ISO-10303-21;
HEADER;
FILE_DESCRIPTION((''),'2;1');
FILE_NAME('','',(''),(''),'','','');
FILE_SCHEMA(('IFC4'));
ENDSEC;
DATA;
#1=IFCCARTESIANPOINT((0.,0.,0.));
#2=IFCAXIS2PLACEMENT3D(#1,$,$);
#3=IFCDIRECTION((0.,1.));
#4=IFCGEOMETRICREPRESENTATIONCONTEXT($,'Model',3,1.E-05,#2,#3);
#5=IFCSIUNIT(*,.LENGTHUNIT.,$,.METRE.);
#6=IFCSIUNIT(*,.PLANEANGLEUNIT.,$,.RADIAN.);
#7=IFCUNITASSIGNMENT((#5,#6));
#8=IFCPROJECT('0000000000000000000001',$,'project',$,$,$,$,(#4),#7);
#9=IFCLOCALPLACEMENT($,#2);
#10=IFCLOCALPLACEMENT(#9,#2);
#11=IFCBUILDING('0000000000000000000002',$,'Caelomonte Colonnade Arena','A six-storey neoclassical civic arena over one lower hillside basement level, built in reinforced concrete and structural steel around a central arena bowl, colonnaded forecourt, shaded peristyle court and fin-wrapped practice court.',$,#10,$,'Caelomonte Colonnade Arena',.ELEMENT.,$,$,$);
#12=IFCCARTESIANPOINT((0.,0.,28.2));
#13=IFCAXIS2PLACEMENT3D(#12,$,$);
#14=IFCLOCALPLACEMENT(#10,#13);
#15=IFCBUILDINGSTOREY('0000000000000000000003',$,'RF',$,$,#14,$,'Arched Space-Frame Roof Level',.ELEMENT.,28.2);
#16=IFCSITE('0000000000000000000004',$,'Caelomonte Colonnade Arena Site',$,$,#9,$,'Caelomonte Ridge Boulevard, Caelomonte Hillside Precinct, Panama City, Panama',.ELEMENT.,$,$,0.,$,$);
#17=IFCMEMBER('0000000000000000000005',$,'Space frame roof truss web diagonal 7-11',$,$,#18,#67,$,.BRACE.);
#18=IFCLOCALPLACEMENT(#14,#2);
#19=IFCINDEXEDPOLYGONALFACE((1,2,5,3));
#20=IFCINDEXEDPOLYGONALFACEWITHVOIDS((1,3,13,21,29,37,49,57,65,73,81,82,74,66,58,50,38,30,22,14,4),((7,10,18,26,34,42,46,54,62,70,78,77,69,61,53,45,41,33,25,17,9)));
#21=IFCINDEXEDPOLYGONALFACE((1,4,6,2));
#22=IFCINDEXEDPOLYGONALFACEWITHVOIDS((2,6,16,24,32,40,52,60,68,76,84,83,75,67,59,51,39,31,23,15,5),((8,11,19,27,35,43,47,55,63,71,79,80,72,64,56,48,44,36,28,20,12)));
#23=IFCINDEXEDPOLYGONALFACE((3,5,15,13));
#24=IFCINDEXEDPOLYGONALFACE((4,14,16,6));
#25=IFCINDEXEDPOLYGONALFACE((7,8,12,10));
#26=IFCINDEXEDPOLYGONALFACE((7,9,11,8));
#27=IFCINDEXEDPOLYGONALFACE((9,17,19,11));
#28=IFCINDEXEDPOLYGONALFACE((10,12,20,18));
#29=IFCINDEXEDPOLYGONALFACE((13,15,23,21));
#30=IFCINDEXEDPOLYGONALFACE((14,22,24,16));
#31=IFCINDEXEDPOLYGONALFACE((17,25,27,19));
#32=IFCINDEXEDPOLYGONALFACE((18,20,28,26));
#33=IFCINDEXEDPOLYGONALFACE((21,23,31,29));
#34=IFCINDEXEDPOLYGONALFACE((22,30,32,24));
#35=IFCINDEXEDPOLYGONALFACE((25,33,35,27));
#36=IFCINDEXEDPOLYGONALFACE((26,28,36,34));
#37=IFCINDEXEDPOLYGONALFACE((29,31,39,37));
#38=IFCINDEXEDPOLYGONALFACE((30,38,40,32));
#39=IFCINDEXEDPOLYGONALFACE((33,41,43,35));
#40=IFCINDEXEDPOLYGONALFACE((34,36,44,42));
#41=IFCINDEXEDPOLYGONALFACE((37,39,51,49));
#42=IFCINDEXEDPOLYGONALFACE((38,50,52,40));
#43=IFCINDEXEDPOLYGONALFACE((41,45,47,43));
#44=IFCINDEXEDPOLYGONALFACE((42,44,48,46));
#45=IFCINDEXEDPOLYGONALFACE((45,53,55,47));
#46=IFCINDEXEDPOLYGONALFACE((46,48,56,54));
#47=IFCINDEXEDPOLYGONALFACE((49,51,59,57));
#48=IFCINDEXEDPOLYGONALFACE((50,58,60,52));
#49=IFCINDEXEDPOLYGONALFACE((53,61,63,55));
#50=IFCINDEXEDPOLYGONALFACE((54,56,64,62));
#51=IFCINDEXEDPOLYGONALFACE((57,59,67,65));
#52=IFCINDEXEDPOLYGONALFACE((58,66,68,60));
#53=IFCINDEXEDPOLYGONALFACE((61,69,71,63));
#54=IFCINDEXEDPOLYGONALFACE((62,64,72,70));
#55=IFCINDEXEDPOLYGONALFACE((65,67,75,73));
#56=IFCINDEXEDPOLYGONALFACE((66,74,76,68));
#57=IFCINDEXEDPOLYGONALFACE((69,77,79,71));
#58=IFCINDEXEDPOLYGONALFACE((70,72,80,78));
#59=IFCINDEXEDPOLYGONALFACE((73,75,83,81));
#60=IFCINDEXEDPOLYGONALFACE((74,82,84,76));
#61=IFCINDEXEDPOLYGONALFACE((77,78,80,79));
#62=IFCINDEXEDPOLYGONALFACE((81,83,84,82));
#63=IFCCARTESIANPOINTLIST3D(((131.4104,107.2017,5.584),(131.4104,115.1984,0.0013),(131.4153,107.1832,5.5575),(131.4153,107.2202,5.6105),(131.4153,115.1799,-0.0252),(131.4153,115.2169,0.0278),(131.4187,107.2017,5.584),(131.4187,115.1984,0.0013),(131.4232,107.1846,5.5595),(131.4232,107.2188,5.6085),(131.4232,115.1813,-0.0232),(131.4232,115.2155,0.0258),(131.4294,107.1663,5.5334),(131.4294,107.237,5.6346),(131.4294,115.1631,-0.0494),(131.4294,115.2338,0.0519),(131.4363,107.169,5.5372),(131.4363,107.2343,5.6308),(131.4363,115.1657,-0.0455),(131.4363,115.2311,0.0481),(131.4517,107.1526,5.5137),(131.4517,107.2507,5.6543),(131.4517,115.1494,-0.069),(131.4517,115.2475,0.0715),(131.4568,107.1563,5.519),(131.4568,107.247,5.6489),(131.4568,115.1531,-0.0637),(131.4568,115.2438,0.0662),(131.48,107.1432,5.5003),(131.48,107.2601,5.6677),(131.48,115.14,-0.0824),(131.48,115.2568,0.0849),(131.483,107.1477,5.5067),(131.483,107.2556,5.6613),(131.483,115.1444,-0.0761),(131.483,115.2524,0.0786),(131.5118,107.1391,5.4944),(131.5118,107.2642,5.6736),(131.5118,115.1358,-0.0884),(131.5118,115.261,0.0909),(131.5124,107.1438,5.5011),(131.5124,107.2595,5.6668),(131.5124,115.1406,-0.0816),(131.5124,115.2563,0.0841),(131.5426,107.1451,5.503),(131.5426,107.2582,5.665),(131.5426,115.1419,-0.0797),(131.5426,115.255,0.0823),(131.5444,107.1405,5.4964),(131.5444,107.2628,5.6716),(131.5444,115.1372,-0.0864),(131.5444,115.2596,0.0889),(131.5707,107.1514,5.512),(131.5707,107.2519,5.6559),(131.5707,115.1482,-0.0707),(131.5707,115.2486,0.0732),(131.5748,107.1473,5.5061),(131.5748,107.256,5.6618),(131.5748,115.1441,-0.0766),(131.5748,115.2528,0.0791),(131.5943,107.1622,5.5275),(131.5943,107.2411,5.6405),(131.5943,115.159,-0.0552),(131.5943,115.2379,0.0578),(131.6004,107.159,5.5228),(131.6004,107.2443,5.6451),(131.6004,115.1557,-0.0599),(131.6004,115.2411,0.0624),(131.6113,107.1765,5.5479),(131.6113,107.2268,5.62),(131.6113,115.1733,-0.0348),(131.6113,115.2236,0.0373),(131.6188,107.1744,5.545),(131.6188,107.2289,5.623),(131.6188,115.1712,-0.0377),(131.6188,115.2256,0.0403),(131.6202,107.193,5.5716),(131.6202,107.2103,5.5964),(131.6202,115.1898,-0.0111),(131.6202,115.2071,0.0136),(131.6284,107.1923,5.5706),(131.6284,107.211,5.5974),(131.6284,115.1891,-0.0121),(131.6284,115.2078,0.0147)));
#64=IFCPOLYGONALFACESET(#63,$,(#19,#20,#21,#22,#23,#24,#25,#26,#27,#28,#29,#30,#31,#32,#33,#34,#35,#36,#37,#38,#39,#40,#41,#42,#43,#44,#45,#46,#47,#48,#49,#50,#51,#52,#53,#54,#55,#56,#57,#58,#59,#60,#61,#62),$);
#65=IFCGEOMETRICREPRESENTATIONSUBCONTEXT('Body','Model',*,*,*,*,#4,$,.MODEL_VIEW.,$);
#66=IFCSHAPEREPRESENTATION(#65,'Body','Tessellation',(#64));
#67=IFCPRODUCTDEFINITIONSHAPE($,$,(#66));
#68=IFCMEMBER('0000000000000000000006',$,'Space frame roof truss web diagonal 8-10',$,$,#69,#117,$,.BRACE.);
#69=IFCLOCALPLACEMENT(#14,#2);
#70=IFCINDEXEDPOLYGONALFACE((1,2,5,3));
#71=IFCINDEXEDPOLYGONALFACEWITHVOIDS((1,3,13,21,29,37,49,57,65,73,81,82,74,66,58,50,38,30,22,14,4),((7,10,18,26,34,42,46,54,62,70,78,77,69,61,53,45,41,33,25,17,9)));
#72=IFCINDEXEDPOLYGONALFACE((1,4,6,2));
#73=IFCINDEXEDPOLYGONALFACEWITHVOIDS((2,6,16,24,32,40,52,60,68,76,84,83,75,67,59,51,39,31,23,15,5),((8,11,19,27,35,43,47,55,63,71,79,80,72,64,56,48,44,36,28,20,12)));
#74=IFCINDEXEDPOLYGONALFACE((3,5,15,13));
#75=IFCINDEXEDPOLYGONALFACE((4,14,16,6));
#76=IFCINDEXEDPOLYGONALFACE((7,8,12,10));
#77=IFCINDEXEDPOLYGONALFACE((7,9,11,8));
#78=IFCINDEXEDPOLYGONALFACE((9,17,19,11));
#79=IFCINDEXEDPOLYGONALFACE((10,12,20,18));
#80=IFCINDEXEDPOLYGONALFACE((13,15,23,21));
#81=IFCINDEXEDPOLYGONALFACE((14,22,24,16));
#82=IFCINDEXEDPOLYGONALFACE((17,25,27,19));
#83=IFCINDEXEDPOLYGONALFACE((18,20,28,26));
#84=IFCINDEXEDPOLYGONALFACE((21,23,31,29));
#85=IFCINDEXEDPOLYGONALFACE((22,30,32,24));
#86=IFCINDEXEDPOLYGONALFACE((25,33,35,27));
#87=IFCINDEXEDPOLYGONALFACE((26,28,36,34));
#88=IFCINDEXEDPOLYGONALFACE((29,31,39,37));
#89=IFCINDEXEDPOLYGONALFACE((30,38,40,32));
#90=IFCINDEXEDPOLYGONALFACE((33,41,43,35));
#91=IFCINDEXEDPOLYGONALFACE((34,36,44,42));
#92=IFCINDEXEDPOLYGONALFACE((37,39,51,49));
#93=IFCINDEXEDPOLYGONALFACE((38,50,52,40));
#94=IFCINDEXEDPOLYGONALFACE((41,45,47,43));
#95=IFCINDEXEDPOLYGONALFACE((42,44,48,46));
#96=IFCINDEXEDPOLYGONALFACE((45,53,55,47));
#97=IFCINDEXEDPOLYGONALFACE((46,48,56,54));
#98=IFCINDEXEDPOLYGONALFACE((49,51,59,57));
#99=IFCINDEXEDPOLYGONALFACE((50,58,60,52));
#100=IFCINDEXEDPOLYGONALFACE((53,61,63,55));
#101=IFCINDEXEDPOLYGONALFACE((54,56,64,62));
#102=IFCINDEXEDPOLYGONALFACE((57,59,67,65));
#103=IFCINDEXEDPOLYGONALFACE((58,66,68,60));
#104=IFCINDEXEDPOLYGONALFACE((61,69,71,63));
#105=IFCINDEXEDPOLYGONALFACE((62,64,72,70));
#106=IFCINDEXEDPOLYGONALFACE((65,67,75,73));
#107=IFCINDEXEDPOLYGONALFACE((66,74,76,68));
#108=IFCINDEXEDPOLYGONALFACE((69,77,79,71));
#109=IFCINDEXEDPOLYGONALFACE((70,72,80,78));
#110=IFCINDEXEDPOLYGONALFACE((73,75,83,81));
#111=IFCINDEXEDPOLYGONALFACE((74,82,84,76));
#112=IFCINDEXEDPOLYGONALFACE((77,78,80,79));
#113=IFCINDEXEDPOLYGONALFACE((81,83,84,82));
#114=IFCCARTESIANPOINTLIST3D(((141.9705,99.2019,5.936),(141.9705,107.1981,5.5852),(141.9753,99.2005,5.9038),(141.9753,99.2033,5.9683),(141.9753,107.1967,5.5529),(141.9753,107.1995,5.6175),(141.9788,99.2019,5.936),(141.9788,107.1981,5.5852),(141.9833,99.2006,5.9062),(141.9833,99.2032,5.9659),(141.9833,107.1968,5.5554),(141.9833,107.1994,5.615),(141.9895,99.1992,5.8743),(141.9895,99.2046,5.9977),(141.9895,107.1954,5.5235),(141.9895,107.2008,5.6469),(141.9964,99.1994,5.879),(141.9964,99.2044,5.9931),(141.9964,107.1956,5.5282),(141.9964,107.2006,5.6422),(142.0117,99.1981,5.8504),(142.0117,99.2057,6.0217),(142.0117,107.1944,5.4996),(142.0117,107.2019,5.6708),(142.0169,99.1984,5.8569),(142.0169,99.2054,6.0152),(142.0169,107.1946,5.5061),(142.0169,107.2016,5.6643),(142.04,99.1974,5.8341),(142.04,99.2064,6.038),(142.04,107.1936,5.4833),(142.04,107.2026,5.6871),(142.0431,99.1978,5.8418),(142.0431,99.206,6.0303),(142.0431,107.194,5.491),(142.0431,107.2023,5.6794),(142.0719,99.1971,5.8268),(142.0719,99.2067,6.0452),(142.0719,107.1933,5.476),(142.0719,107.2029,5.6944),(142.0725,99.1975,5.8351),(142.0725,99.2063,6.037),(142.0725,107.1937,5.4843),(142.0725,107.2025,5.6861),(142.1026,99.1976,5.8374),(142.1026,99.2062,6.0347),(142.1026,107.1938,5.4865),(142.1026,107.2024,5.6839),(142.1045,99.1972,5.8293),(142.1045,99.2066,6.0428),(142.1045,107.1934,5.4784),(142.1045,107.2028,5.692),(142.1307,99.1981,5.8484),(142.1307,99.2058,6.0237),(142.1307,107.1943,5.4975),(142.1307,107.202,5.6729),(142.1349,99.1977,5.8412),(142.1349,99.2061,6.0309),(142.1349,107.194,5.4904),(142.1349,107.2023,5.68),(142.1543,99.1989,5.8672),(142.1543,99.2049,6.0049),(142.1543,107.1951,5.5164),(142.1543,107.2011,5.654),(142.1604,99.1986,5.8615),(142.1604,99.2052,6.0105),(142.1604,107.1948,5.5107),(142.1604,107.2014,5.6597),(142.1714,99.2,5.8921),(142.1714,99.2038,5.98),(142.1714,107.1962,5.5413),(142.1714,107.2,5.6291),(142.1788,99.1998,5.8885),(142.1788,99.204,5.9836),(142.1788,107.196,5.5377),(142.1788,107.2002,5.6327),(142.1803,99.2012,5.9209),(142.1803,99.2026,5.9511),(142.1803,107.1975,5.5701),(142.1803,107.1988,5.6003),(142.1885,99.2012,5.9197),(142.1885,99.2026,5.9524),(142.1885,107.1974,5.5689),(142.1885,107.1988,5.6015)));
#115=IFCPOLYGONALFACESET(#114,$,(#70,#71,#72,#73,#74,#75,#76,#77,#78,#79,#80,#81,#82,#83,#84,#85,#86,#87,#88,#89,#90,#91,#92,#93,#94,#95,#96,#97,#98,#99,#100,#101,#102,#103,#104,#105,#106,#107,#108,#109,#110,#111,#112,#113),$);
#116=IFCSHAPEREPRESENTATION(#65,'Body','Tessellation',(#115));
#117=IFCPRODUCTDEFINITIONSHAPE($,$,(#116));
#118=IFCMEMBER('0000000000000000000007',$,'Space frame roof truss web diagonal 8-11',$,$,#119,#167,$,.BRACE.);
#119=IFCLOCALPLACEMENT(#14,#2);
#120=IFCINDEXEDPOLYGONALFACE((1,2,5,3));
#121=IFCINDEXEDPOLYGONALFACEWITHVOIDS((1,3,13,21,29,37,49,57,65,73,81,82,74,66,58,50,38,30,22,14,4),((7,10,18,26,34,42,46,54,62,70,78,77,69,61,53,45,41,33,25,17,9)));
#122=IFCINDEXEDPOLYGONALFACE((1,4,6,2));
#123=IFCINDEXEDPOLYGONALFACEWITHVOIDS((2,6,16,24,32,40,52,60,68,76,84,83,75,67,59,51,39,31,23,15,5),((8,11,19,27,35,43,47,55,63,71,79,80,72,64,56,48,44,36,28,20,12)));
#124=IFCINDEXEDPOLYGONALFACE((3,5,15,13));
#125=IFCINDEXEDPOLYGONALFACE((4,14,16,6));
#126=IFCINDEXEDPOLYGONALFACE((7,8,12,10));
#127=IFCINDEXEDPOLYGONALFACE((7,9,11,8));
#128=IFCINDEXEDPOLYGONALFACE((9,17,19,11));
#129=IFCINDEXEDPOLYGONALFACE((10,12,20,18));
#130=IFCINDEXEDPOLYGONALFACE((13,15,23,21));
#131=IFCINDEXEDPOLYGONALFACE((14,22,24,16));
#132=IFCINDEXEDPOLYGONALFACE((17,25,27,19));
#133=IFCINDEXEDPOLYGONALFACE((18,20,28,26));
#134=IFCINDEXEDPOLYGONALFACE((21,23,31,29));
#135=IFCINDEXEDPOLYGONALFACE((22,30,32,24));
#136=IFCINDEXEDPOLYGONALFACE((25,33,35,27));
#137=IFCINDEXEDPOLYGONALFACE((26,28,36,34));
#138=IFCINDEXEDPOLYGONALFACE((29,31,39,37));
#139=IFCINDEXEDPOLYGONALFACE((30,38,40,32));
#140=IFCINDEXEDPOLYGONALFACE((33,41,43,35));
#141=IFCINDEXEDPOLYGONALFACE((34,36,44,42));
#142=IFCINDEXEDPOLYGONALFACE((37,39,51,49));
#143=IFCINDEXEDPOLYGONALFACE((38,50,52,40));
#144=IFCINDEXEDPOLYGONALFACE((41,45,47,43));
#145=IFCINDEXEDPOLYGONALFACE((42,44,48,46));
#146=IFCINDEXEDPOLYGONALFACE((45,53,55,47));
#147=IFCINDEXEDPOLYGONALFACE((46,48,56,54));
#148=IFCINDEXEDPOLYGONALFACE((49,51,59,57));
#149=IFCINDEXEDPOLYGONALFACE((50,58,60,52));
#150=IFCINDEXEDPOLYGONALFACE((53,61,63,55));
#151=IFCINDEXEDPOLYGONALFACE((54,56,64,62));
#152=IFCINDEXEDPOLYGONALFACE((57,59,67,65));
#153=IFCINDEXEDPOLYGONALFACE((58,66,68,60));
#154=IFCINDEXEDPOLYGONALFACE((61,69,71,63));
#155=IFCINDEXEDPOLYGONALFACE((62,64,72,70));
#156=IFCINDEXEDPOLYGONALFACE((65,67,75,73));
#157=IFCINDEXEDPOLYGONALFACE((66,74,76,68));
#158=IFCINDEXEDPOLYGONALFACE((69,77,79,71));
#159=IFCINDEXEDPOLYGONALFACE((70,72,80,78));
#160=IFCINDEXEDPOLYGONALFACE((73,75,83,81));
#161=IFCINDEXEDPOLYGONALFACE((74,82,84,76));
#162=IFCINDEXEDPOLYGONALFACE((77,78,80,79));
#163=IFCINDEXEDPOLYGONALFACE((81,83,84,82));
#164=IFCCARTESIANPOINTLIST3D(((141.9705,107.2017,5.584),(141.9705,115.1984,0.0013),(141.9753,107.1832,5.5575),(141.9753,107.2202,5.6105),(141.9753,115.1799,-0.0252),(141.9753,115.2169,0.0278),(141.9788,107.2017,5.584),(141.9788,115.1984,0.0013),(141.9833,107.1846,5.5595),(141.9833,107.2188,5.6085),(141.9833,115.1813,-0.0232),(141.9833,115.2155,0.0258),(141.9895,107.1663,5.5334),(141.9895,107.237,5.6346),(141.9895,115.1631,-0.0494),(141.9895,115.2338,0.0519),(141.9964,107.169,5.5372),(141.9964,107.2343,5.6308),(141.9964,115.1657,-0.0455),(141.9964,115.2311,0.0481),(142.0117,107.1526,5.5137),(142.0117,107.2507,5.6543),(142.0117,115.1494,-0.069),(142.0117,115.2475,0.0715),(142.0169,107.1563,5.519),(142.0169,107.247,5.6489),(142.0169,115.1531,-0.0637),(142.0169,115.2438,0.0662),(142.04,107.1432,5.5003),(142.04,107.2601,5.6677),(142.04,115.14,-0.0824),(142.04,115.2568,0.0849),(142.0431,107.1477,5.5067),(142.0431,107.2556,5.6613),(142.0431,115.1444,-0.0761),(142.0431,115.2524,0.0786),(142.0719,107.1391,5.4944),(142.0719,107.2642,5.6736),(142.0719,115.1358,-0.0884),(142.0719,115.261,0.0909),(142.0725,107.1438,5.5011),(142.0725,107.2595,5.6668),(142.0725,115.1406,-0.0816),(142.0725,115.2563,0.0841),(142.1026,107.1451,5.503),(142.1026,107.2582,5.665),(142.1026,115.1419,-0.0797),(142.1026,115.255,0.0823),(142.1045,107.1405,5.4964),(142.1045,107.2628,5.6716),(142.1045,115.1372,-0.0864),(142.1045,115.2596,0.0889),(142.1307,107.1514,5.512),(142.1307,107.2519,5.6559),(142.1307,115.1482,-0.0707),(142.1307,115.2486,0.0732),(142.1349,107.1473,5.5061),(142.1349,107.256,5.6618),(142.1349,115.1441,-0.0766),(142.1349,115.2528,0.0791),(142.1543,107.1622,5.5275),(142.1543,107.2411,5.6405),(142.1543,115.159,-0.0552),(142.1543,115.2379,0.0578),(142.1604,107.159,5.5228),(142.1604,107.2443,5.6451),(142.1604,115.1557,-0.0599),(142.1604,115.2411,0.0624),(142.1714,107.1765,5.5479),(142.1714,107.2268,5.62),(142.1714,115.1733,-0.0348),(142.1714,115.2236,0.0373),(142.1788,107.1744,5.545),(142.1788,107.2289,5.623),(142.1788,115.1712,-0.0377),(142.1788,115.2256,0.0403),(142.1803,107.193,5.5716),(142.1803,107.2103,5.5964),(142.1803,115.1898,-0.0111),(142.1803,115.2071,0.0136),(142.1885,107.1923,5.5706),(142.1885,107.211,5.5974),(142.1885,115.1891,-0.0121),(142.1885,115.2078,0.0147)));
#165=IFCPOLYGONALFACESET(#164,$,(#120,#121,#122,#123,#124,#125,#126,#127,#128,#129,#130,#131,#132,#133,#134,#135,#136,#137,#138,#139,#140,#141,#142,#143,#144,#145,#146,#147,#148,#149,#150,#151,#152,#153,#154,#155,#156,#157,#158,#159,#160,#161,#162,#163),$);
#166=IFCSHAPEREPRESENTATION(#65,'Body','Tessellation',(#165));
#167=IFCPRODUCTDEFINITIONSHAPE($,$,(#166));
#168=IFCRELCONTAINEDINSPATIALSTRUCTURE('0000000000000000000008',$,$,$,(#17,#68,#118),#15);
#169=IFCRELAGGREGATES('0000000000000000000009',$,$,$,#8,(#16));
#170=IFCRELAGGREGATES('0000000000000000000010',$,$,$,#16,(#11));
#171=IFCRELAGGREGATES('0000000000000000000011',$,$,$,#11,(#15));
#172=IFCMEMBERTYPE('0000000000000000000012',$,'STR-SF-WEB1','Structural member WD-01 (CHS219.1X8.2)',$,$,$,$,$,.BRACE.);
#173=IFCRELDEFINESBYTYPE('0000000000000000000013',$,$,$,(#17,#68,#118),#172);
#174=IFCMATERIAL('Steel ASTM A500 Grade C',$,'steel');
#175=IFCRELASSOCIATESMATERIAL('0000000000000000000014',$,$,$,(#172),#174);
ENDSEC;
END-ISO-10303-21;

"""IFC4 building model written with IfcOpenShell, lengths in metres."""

from ifc_helpers import new_model, si_unit, direction, frame, origin, origin_2d, place, context, subcontext, project, spatial, hollow_circle, extrude, material, material_profile, profile_set, type_object, element, save


model = new_model("IFC4")

# Units and contexts
model_context = context("Model", 3, precision=1e-05, world=origin(), true_north=direction((0.0, 1.0)))
body_context = subcontext(model_context, "Body", "Model", "MODEL_VIEW")
ifc_project = project(units=[si_unit("LENGTHUNIT", "METRE"), si_unit("PLANEANGLEUNIT", "RADIAN")], contexts=[model_context])

# Site, building, storey
site_placement = place(None, origin())
site = spatial("IfcSite", under=ifc_project, at=site_placement, Name="Caelomonte Colonnade Arena Site", LongName="Caelomonte Ridge Boulevard, Caelomonte Hillside Precinct, Panama City, Panama", CompositionType="ELEMENT", RefElevation=0.0)
building_placement = place(site_placement, origin())
building = spatial("IfcBuilding", under=site, at=building_placement, Name="Caelomonte Colonnade Arena", Description="A six-storey neoclassical civic arena over one lower hillside basement level, built in reinforced concrete and structural steel around a central arena bowl, colonnaded forecourt, shaded peristyle court and fin-wrapped practice court.", LongName="Caelomonte Colonnade Arena", CompositionType="ELEMENT")
storey_placement = place(building_placement, frame((0.0, 0.0, 28.2)))
storey = spatial("IfcBuildingStorey", under=building, at=storey_placement, Name="RF", LongName="Arched Space-Frame Roof Level", CompositionType="ELEMENT", Elevation=28.2)

# Members
ifc_material_1 = material(Name="Steel ASTM A500 Grade C", Category="steel")
ifc_material_profile_1 = material_profile(ifc_material_1, hollow_circle(Radius=0.1096, WallThickness=0.0083, at=origin_2d()), Name="CHS219.1X8.2")
ifc_profile_set_1 = profile_set([ifc_material_profile_1], Name="Steel ASTM A500 Grade C")
member_type_1 = type_object("IfcMemberType", Name="STR-SF-WEB1", Description="Structural member WD-01 (CHS219.1X8.2)", PredefinedType="BRACE", material=ifc_profile_set_1)
member_1_placement = place(storey_placement, frame((131.52, 107.2017, 5.584), z_axis=(0.0, 0.819955, -0.572429), x_axis=(-1.0, 0.0, 0.0)))
element("IfcMember", 1, at=member_1_placement, inside=storey, type_object=member_type_1, Name="Space frame roof truss web diagonal 7-11", PredefinedType="BRACE", context=body_context, shape_type="SweptSolid", body=[
    extrude(hollow_circle(Radius=0.1096, WallThickness=0.0083, at=origin_2d()), origin(), (0.0, 0.0, 1.0), 9.7527),
])
member_2_placement = place(storey_placement, frame((142.0801, 99.2019, 5.936), z_axis=(0.0, 0.999039, -0.043833), x_axis=(-1.0, 0.0, 0.0)))
element("IfcMember", 2, at=member_2_placement, inside=storey, type_object=member_type_1, Name="Space frame roof truss web diagonal 8-10", PredefinedType="BRACE", context=body_context, shape_type="SweptSolid", body=[
    extrude(hollow_circle(Radius=0.1096, WallThickness=0.0083, at=origin_2d()), origin(), (0.0, 0.0, 1.0), 8.0039),
])
member_3_placement = place(storey_placement, frame((142.0801, 107.2017, 5.584), z_axis=(0.0, 0.819955, -0.572429), x_axis=(-1.0, 0.0, 0.0)))
element("IfcMember", 3, at=member_3_placement, inside=storey, type_object=member_type_1, Name="Space frame roof truss web diagonal 8-11", PredefinedType="BRACE", context=body_context, shape_type="SweptSolid", body=[
    extrude(hollow_circle(Radius=0.1096, WallThickness=0.0083, at=origin_2d()), origin(), (0.0, 0.0, 1.0), 9.7527),
])

save(model, "model.ifc")
